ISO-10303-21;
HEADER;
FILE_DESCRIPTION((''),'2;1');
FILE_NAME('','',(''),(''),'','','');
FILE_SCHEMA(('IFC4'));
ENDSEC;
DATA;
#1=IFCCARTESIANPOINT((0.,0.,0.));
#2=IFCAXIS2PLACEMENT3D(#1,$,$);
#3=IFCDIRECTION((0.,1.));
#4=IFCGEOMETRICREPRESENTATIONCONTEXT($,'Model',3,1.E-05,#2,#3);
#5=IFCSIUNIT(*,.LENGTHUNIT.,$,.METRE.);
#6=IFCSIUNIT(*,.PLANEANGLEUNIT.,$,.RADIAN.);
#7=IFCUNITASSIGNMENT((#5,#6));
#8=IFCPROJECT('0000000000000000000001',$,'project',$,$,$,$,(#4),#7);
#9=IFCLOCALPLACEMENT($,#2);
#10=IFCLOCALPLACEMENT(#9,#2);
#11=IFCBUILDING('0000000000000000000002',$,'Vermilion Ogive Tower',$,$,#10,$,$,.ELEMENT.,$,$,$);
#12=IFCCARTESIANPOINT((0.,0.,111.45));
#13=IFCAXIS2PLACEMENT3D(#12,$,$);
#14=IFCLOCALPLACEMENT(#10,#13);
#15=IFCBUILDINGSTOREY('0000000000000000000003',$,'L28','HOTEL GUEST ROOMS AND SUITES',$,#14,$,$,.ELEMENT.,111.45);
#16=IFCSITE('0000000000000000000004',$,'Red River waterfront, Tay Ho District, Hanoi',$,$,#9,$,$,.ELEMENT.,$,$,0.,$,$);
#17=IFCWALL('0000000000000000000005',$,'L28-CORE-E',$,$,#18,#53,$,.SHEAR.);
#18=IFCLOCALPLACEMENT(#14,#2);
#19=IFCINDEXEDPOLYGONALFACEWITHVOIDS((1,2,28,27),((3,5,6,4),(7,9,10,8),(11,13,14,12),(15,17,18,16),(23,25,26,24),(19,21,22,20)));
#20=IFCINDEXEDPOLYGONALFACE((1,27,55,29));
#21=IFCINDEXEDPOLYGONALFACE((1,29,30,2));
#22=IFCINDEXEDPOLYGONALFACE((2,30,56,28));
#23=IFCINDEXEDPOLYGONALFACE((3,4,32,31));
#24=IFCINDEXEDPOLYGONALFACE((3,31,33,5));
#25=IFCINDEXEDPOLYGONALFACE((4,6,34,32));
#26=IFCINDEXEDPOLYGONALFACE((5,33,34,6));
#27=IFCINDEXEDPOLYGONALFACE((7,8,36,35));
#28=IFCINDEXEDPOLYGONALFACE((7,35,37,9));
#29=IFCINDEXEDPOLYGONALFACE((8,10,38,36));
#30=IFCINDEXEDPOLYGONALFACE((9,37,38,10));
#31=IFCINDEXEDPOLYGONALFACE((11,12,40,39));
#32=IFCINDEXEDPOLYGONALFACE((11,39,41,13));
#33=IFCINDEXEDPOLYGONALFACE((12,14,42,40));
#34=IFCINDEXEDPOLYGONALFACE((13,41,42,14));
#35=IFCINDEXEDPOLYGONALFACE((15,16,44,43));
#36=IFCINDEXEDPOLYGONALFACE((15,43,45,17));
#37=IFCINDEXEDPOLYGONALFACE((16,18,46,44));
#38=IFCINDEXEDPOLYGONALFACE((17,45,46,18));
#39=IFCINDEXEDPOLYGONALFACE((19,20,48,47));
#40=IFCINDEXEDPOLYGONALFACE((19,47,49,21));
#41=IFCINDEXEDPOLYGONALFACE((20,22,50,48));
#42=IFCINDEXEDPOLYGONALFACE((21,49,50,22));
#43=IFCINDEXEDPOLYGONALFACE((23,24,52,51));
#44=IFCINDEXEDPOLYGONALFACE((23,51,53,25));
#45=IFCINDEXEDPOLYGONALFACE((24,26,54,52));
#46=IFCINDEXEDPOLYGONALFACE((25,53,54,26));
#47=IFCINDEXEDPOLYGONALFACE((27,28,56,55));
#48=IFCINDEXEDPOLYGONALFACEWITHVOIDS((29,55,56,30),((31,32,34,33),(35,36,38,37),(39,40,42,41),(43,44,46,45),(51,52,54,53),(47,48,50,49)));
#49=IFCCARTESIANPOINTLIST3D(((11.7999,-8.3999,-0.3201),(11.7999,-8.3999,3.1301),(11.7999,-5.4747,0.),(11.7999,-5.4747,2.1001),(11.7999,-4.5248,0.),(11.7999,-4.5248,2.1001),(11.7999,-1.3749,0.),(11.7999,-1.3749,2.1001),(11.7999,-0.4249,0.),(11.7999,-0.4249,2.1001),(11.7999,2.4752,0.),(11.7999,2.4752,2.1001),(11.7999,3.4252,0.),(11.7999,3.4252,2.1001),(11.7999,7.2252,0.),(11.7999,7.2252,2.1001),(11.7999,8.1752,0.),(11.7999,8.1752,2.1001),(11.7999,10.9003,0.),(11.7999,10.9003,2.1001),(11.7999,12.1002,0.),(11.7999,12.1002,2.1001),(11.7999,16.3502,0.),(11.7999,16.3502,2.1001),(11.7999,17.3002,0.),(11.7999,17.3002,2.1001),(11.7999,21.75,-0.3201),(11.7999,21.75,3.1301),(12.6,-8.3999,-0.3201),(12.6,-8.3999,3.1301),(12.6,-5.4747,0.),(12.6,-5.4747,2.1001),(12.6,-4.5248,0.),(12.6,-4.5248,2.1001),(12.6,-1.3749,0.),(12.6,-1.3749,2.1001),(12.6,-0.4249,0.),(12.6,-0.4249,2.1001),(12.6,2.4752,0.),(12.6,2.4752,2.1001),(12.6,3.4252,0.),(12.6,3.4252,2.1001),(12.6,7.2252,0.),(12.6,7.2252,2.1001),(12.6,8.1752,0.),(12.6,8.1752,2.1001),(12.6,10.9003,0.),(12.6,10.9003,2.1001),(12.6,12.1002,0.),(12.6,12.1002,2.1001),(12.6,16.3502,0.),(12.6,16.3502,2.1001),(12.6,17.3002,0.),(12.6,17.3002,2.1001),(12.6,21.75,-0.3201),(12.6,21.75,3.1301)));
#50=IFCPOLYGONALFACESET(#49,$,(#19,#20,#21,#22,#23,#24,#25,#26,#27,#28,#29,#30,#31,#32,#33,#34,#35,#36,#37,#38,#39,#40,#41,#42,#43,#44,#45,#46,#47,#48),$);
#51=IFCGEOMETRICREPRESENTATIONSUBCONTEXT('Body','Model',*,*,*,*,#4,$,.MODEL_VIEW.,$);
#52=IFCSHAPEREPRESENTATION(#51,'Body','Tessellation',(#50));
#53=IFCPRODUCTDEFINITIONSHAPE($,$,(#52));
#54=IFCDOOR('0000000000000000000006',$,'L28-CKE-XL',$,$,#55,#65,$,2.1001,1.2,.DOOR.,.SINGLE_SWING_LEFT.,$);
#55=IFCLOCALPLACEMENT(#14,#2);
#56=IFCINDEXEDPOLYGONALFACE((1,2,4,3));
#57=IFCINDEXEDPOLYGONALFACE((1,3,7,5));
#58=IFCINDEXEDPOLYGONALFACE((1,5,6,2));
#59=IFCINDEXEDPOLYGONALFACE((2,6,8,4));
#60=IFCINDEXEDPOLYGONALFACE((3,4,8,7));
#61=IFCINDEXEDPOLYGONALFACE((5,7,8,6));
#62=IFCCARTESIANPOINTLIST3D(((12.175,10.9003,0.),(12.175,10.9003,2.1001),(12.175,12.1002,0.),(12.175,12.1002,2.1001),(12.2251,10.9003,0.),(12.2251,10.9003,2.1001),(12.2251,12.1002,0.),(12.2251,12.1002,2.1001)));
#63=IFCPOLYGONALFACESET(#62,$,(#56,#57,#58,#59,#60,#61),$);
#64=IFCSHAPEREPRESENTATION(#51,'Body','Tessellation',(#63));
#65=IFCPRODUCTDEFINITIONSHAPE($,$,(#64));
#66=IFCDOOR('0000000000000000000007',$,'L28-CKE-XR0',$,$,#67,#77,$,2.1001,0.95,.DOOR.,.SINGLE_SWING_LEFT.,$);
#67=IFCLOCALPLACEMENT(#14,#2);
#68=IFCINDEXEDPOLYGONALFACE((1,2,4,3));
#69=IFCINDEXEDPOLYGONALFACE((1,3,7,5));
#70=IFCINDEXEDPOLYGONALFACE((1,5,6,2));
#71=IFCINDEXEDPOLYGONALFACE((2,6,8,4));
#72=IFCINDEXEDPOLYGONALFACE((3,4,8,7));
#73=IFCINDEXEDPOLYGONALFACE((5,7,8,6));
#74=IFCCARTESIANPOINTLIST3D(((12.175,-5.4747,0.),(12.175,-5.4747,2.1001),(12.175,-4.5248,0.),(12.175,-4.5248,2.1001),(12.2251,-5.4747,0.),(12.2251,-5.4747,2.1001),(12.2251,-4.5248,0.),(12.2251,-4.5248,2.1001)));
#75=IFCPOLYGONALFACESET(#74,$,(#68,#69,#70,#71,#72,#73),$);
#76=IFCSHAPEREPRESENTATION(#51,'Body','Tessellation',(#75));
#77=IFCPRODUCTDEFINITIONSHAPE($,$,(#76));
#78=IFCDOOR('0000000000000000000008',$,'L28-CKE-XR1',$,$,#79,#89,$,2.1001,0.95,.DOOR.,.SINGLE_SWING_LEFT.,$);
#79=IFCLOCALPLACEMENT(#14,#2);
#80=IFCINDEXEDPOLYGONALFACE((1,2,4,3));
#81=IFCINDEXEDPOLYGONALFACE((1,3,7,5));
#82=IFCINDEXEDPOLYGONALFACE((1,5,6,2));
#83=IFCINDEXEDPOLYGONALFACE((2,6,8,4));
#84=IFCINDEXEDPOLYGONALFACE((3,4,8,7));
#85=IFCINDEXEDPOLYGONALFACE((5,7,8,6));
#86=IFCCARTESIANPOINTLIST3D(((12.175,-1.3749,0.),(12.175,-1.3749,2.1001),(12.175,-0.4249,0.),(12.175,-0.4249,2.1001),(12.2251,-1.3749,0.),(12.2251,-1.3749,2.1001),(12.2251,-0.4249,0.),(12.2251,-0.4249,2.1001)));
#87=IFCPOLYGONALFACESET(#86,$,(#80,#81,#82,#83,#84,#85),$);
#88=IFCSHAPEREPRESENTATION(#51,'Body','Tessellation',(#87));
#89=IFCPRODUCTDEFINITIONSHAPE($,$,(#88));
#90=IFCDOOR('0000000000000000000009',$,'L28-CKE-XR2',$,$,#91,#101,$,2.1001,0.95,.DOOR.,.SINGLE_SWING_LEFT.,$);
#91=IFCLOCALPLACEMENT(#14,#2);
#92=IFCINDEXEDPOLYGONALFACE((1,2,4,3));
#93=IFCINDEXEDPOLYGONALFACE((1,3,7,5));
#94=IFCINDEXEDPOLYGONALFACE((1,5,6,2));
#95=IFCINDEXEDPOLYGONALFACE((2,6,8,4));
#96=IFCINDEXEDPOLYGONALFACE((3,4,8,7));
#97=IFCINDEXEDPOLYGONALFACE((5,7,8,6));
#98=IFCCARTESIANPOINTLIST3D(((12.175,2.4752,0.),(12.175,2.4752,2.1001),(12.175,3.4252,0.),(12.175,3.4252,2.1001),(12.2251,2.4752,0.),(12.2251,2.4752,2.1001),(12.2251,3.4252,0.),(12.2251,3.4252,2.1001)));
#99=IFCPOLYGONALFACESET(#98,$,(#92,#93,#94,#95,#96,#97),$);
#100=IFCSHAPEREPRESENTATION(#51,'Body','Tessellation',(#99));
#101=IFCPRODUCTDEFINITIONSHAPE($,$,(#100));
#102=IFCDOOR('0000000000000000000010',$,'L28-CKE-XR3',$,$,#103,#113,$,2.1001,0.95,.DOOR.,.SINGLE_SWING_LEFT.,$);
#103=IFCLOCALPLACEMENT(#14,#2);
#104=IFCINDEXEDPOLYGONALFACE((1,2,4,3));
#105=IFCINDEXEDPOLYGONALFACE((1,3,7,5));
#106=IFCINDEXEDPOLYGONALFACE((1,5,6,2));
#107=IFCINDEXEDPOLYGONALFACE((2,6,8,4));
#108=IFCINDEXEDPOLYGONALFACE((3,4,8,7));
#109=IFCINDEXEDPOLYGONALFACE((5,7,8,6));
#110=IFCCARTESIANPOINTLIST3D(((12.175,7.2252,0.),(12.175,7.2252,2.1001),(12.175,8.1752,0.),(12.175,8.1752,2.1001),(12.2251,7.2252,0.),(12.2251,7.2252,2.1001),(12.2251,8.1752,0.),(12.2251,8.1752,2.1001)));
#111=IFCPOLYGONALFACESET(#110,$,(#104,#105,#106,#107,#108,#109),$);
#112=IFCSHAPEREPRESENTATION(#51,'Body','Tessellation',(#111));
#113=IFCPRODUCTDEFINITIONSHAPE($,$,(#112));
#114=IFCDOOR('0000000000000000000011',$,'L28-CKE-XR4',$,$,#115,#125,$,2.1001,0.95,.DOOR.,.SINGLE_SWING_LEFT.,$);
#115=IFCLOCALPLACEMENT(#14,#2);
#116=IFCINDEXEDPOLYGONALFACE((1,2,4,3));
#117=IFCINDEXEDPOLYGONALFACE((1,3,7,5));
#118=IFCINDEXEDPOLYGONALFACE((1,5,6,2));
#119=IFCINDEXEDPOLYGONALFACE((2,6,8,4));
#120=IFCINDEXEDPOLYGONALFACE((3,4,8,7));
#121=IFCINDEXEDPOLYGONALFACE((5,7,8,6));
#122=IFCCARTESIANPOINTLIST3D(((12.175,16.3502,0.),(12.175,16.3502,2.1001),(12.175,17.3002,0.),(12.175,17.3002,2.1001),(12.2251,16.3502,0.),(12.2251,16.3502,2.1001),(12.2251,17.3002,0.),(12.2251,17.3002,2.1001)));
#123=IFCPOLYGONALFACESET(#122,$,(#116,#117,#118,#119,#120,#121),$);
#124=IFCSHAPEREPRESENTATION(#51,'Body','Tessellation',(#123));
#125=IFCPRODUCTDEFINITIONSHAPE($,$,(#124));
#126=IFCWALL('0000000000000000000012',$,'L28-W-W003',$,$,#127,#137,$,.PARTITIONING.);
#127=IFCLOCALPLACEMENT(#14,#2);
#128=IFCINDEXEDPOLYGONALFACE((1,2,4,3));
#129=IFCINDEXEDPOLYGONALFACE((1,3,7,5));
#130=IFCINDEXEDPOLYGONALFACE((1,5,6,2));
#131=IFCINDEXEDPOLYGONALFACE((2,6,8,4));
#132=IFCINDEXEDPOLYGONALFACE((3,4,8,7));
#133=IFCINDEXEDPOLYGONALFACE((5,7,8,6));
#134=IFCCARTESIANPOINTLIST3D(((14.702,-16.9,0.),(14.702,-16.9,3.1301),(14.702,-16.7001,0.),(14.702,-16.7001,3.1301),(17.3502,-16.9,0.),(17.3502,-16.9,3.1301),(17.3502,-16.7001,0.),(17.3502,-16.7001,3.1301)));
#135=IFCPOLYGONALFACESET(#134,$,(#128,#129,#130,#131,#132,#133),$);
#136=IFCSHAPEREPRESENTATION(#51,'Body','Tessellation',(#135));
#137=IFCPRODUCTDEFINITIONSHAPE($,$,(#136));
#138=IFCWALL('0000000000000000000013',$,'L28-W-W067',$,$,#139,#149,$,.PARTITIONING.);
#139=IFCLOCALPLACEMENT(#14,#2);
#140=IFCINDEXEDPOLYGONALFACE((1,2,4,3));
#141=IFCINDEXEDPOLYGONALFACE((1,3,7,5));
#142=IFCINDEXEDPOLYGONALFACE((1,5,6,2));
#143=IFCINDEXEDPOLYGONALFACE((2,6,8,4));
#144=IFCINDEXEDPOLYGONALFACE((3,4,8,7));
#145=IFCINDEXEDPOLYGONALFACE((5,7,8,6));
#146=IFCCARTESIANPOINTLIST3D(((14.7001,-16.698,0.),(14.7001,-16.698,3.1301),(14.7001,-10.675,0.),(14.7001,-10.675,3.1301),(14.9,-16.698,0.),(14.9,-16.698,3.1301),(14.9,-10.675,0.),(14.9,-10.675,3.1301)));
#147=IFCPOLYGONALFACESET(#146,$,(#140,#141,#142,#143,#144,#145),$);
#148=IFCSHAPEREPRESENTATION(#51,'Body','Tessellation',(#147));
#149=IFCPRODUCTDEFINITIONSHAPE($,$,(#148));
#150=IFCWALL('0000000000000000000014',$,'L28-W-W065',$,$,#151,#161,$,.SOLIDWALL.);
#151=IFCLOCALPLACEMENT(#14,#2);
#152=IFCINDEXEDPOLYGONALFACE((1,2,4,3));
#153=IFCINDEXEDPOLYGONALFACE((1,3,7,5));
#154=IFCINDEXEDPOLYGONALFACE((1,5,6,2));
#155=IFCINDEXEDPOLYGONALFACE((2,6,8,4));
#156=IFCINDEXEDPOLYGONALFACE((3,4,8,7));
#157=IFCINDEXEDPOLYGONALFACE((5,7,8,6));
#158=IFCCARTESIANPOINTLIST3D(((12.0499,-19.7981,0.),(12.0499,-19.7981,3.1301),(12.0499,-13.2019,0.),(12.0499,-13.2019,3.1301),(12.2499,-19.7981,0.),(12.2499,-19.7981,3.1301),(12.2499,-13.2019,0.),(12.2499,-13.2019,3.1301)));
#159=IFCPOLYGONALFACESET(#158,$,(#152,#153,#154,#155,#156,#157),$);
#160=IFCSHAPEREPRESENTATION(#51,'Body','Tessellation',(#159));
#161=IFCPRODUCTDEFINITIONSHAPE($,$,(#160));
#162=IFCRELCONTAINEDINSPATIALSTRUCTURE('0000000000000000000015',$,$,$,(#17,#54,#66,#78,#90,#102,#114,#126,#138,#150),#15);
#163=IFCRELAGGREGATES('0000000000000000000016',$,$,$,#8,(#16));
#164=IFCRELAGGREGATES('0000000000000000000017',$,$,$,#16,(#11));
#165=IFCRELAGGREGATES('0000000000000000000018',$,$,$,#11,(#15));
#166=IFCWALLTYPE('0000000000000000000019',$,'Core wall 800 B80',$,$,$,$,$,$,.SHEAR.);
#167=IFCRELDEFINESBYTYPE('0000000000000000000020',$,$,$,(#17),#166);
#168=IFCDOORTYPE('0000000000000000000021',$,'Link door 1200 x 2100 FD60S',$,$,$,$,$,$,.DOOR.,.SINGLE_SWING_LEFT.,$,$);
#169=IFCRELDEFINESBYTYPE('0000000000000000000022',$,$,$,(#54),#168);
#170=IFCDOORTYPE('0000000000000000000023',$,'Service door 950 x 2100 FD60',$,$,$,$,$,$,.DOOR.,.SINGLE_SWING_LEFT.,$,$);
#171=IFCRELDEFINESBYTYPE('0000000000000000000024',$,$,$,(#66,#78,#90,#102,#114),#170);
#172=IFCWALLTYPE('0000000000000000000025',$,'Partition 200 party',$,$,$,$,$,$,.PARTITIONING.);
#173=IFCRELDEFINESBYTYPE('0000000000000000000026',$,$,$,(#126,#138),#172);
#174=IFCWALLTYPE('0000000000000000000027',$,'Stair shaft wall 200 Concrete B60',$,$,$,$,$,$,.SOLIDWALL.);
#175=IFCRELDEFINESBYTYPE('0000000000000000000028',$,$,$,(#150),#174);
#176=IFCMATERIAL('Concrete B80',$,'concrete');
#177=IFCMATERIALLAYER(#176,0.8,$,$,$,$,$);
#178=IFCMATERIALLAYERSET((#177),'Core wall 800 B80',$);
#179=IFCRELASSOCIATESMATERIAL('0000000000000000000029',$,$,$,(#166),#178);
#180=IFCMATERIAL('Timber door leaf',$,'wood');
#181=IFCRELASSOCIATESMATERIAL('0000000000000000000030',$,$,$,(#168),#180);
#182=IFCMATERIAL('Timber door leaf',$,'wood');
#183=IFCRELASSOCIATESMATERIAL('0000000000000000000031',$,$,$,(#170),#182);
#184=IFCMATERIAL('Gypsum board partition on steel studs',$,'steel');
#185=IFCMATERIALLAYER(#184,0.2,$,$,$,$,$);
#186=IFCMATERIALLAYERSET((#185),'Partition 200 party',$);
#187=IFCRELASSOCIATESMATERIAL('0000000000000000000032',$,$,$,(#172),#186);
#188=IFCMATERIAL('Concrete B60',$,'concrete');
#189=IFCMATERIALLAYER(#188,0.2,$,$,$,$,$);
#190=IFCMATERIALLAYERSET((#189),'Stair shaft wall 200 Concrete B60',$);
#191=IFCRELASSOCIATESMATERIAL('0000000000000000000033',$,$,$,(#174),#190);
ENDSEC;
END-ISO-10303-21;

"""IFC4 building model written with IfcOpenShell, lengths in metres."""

from ifc_helpers import new_model, si_unit, direction, frame, frame_2d, origin, place, context, subcontext, project, spatial, rectangle, extrude, material, layer, layer_set, type_object, element, fill, save


model = new_model("IFC4")

# Units and contexts
model_context = context("Model", 3, precision=1e-05, world=origin(), true_north=direction((0.0, 1.0)))
body_context = subcontext(model_context, "Body", "Model", "MODEL_VIEW")
ifc_project = project(units=[si_unit("LENGTHUNIT", "METRE"), si_unit("PLANEANGLEUNIT", "RADIAN")], contexts=[model_context])

# Site, building, storey
site_placement = place(None, origin())
site = spatial("IfcSite", under=ifc_project, at=site_placement, Name="Red River waterfront, Tay Ho District, Hanoi", CompositionType="ELEMENT", RefElevation=0.0)
building_placement = place(site_placement, origin())
building = spatial("IfcBuilding", under=site, at=building_placement, Name="Vermilion Ogive Tower", CompositionType="ELEMENT")
storey_placement = place(building_placement, frame((0.0, 0.0, 111.45)))
storey = spatial("IfcBuildingStorey", under=building, at=storey_placement, Name="L28", Description="HOTEL GUEST ROOMS AND SUITES", CompositionType="ELEMENT", Elevation=111.45)

# Wall, openings, doors
ifc_material_1 = material(Name="Concrete B80", Category="concrete")
ifc_layer_1 = layer(ifc_material_1, 0.8)
ifc_layer_set_1 = layer_set([ifc_layer_1], Name="Core wall 800 B80")
wall_type_1 = type_object("IfcWallType", Name="Core wall 800 B80", PredefinedType="SHEAR", material=ifc_layer_set_1)
wall_1_placement = place(storey_placement, frame((12.2, -8.3999, -0.3201), z_axis=(0.0, 0.0, 1.0), x_axis=(0.0, 1.0, 0.0)))
wall_1 = element("IfcWall", 1, at=wall_1_placement, inside=storey, type_object=wall_type_1, Name="L28-CORE-E", PredefinedType="SHEAR", context=body_context, shape_type="SweptSolid", body=[
    extrude(rectangle(XDim=30.1499, YDim=0.8, at=frame_2d((15.075, 0.0))), origin(), (0.0, 0.0, 1.0), 3.4502),
])
opening_1_placement = place(wall_1_placement, frame((2.925, 0.0, 0.3201)))
opening_1 = element("IfcOpeningElement", 2, at=opening_1_placement, cuts=wall_1, PredefinedType="OPENING", context=body_context, shape_type="SweptSolid", body=[
    extrude(rectangle(XDim=0.95, YDim=2.1001, at=frame_2d((0.4751, 1.05))), frame((0.0, 0.4099, 0.0), z_axis=(0.0, -1.0, 0.0), x_axis=(1.0, 0.0, 0.0)), (0.0, 0.0, 1.0), 0.8201),
])
opening_2_placement = place(wall_1_placement, frame((7.0249, 0.0, 0.3201)))
opening_2 = element("IfcOpeningElement", 3, at=opening_2_placement, cuts=wall_1, PredefinedType="OPENING", context=body_context, shape_type="SweptSolid", body=[
    extrude(rectangle(XDim=0.95, YDim=2.1001, at=frame_2d((0.4751, 1.05))), frame((0.0, 0.4099, 0.0), z_axis=(0.0, -1.0, 0.0), x_axis=(1.0, 0.0, 0.0)), (0.0, 0.0, 1.0), 0.8201),
])
opening_3_placement = place(wall_1_placement, frame((10.875, 0.0, 0.3201)))
opening_3 = element("IfcOpeningElement", 4, at=opening_3_placement, cuts=wall_1, PredefinedType="OPENING", context=body_context, shape_type="SweptSolid", body=[
    extrude(rectangle(XDim=0.95, YDim=2.1001, at=frame_2d((0.4751, 1.05))), frame((0.0, 0.4099, 0.0), z_axis=(0.0, -1.0, 0.0), x_axis=(1.0, 0.0, 0.0)), (0.0, 0.0, 1.0), 0.8201),
])
opening_4_placement = place(wall_1_placement, frame((15.625, 0.0, 0.3201)))
opening_4 = element("IfcOpeningElement", 5, at=opening_4_placement, cuts=wall_1, PredefinedType="OPENING", context=body_context, shape_type="SweptSolid", body=[
    extrude(rectangle(XDim=0.95, YDim=2.1001, at=frame_2d((0.4751, 1.05))), frame((0.0, 0.4099, 0.0), z_axis=(0.0, -1.0, 0.0), x_axis=(1.0, 0.0, 0.0)), (0.0, 0.0, 1.0), 0.8201),
])
opening_5_placement = place(wall_1_placement, frame((24.75, 0.0, 0.3201)))
opening_5 = element("IfcOpeningElement", 6, at=opening_5_placement, cuts=wall_1, PredefinedType="OPENING", context=body_context, shape_type="SweptSolid", body=[
    extrude(rectangle(XDim=0.95, YDim=2.1001, at=frame_2d((0.4751, 1.05))), frame((0.0, 0.4099, 0.0), z_axis=(0.0, -1.0, 0.0), x_axis=(1.0, 0.0, 0.0)), (0.0, 0.0, 1.0), 0.8201),
])
opening_6_placement = place(wall_1_placement, frame((19.3, 0.0, 0.3201)))
opening_6 = element("IfcOpeningElement", 7, at=opening_6_placement, cuts=wall_1, PredefinedType="OPENING", context=body_context, shape_type="SweptSolid", body=[
    extrude(rectangle(XDim=1.2, YDim=2.1001, at=frame_2d((0.6001, 1.05))), frame((0.0, 0.4099, 0.0), z_axis=(0.0, -1.0, 0.0), x_axis=(1.0, 0.0, 0.0)), (0.0, 0.0, 1.0), 0.8201),
])
ifc_material_2 = material(Name="Timber door leaf", Category="wood")
door_type_1 = type_object("IfcDoorType", Name="Link door 1200 x 2100 FD60S", OperationType="SINGLE_SWING_LEFT", PredefinedType="DOOR", material=ifc_material_2)
door_1_placement = place(opening_6_placement, origin())
door_1 = element("IfcDoor", 8, at=door_1_placement, inside=storey, type_object=door_type_1, Name="L28-CKE-XL", OperationType="SINGLE_SWING_LEFT", OverallHeight=2.1001, OverallWidth=1.2, PredefinedType="DOOR", context=body_context, shape_type="SweptSolid", body=[
    extrude(rectangle(XDim=1.2, YDim=2.1001, at=frame_2d((0.6001, 1.05))), frame((0.0, 0.0249, 0.0), z_axis=(0.0, -1.0, 0.0), x_axis=(1.0, 0.0, 0.0)), (0.0, 0.0, 1.0), 0.05),
])
fill(opening_6, door_1)
ifc_material_3 = material(Name="Timber door leaf", Category="wood")
door_type_2 = type_object("IfcDoorType", Name="Service door 950 x 2100 FD60", OperationType="SINGLE_SWING_LEFT", PredefinedType="DOOR", material=ifc_material_3)
door_2_placement = place(opening_1_placement, origin())
door_2 = element("IfcDoor", 9, at=door_2_placement, inside=storey, type_object=door_type_2, Name="L28-CKE-XR0", OperationType="SINGLE_SWING_LEFT", OverallHeight=2.1001, OverallWidth=0.95, PredefinedType="DOOR", context=body_context, shape_type="SweptSolid", body=[
    extrude(rectangle(XDim=0.95, YDim=2.1001, at=frame_2d((0.4751, 1.05))), frame((0.0, 0.0249, 0.0), z_axis=(0.0, -1.0, 0.0), x_axis=(1.0, 0.0, 0.0)), (0.0, 0.0, 1.0), 0.05),
])
fill(opening_1, door_2)
door_3_placement = place(opening_2_placement, origin())
door_3 = element("IfcDoor", 10, at=door_3_placement, inside=storey, type_object=door_type_2, Name="L28-CKE-XR1", OperationType="SINGLE_SWING_LEFT", OverallHeight=2.1001, OverallWidth=0.95, PredefinedType="DOOR", context=body_context, shape_type="SweptSolid", body=[
    extrude(rectangle(XDim=0.95, YDim=2.1001, at=frame_2d((0.4751, 1.05))), frame((0.0, 0.0249, 0.0), z_axis=(0.0, -1.0, 0.0), x_axis=(1.0, 0.0, 0.0)), (0.0, 0.0, 1.0), 0.05),
])
fill(opening_2, door_3)
door_4_placement = place(opening_3_placement, origin())
door_4 = element("IfcDoor", 11, at=door_4_placement, inside=storey, type_object=door_type_2, Name="L28-CKE-XR2", OperationType="SINGLE_SWING_LEFT", OverallHeight=2.1001, OverallWidth=0.95, PredefinedType="DOOR", context=body_context, shape_type="SweptSolid", body=[
    extrude(rectangle(XDim=0.95, YDim=2.1001, at=frame_2d((0.4751, 1.05))), frame((0.0, 0.0249, 0.0), z_axis=(0.0, -1.0, 0.0), x_axis=(1.0, 0.0, 0.0)), (0.0, 0.0, 1.0), 0.05),
])
fill(opening_3, door_4)
door_5_placement = place(opening_4_placement, origin())
door_5 = element("IfcDoor", 12, at=door_5_placement, inside=storey, type_object=door_type_2, Name="L28-CKE-XR3", OperationType="SINGLE_SWING_LEFT", OverallHeight=2.1001, OverallWidth=0.95, PredefinedType="DOOR", context=body_context, shape_type="SweptSolid", body=[
    extrude(rectangle(XDim=0.95, YDim=2.1001, at=frame_2d((0.4751, 1.05))), frame((0.0, 0.0249, 0.0), z_axis=(0.0, -1.0, 0.0), x_axis=(1.0, 0.0, 0.0)), (0.0, 0.0, 1.0), 0.05),
])
fill(opening_4, door_5)
door_6_placement = place(opening_5_placement, origin())
door_6 = element("IfcDoor", 13, at=door_6_placement, inside=storey, type_object=door_type_2, Name="L28-CKE-XR4", OperationType="SINGLE_SWING_LEFT", OverallHeight=2.1001, OverallWidth=0.95, PredefinedType="DOOR", context=body_context, shape_type="SweptSolid", body=[
    extrude(rectangle(XDim=0.95, YDim=2.1001, at=frame_2d((0.4751, 1.05))), frame((0.0, 0.0249, 0.0), z_axis=(0.0, -1.0, 0.0), x_axis=(1.0, 0.0, 0.0)), (0.0, 0.0, 1.0), 0.05),
])
fill(opening_5, door_6)

# Walls
ifc_material_4 = material(Name="Gypsum board partition on steel studs", Category="steel")
ifc_layer_2 = layer(ifc_material_4, 0.2)
ifc_layer_set_2 = layer_set([ifc_layer_2], Name="Partition 200 party")
wall_type_2 = type_object("IfcWallType", Name="Partition 200 party", PredefinedType="PARTITIONING", material=ifc_layer_set_2)
wall_2_placement = place(storey_placement, frame((14.7019, -16.8, 0.0), z_axis=(0.0, 0.0, 1.0), x_axis=(1.0, 0.0, 0.0)))
element("IfcWall", 14, at=wall_2_placement, inside=storey, type_object=wall_type_2, Name="L28-W-W003", PredefinedType="PARTITIONING", context=body_context, shape_type="SweptSolid", body=[
    extrude(rectangle(XDim=2.6482, YDim=0.2, at=frame_2d((1.3242, 0.0))), origin(), (0.0, 0.0, 1.0), 3.1301),
])
wall_3_placement = place(storey_placement, frame((14.8, -16.698, 0.0), z_axis=(0.0, 0.0, 1.0), x_axis=(0.0, 1.0, 0.0)))
element("IfcWall", 15, at=wall_3_placement, inside=storey, type_object=wall_type_2, Name="L28-W-W067", PredefinedType="PARTITIONING", context=body_context, shape_type="SweptSolid", body=[
    extrude(rectangle(XDim=6.0229, YDim=0.2, at=frame_2d((3.0115, 0.0))), origin(), (0.0, 0.0, 1.0), 3.1301),
])
ifc_material_5 = material(Name="Concrete B60", Category="concrete")
ifc_layer_3 = layer(ifc_material_5, 0.2)
ifc_layer_set_3 = layer_set([ifc_layer_3], Name="Stair shaft wall 200 Concrete B60")
wall_type_3 = type_object("IfcWallType", Name="Stair shaft wall 200 Concrete B60", PredefinedType="SOLIDWALL", material=ifc_layer_set_3)
wall_4_placement = place(storey_placement, frame((12.1499, -19.7981, 0.0), z_axis=(0.0, 0.0, 1.0), x_axis=(0.0, 1.0, 0.0)))
element("IfcWall", 16, at=wall_4_placement, inside=storey, type_object=wall_type_3, Name="L28-W-W065", PredefinedType="SOLIDWALL", context=body_context, shape_type="SweptSolid", body=[
    extrude(rectangle(XDim=6.5962, YDim=0.2, at=frame_2d((3.2981, 0.0))), origin(), (0.0, 0.0, 1.0), 3.1301),
])

save(model, "model.ifc")
